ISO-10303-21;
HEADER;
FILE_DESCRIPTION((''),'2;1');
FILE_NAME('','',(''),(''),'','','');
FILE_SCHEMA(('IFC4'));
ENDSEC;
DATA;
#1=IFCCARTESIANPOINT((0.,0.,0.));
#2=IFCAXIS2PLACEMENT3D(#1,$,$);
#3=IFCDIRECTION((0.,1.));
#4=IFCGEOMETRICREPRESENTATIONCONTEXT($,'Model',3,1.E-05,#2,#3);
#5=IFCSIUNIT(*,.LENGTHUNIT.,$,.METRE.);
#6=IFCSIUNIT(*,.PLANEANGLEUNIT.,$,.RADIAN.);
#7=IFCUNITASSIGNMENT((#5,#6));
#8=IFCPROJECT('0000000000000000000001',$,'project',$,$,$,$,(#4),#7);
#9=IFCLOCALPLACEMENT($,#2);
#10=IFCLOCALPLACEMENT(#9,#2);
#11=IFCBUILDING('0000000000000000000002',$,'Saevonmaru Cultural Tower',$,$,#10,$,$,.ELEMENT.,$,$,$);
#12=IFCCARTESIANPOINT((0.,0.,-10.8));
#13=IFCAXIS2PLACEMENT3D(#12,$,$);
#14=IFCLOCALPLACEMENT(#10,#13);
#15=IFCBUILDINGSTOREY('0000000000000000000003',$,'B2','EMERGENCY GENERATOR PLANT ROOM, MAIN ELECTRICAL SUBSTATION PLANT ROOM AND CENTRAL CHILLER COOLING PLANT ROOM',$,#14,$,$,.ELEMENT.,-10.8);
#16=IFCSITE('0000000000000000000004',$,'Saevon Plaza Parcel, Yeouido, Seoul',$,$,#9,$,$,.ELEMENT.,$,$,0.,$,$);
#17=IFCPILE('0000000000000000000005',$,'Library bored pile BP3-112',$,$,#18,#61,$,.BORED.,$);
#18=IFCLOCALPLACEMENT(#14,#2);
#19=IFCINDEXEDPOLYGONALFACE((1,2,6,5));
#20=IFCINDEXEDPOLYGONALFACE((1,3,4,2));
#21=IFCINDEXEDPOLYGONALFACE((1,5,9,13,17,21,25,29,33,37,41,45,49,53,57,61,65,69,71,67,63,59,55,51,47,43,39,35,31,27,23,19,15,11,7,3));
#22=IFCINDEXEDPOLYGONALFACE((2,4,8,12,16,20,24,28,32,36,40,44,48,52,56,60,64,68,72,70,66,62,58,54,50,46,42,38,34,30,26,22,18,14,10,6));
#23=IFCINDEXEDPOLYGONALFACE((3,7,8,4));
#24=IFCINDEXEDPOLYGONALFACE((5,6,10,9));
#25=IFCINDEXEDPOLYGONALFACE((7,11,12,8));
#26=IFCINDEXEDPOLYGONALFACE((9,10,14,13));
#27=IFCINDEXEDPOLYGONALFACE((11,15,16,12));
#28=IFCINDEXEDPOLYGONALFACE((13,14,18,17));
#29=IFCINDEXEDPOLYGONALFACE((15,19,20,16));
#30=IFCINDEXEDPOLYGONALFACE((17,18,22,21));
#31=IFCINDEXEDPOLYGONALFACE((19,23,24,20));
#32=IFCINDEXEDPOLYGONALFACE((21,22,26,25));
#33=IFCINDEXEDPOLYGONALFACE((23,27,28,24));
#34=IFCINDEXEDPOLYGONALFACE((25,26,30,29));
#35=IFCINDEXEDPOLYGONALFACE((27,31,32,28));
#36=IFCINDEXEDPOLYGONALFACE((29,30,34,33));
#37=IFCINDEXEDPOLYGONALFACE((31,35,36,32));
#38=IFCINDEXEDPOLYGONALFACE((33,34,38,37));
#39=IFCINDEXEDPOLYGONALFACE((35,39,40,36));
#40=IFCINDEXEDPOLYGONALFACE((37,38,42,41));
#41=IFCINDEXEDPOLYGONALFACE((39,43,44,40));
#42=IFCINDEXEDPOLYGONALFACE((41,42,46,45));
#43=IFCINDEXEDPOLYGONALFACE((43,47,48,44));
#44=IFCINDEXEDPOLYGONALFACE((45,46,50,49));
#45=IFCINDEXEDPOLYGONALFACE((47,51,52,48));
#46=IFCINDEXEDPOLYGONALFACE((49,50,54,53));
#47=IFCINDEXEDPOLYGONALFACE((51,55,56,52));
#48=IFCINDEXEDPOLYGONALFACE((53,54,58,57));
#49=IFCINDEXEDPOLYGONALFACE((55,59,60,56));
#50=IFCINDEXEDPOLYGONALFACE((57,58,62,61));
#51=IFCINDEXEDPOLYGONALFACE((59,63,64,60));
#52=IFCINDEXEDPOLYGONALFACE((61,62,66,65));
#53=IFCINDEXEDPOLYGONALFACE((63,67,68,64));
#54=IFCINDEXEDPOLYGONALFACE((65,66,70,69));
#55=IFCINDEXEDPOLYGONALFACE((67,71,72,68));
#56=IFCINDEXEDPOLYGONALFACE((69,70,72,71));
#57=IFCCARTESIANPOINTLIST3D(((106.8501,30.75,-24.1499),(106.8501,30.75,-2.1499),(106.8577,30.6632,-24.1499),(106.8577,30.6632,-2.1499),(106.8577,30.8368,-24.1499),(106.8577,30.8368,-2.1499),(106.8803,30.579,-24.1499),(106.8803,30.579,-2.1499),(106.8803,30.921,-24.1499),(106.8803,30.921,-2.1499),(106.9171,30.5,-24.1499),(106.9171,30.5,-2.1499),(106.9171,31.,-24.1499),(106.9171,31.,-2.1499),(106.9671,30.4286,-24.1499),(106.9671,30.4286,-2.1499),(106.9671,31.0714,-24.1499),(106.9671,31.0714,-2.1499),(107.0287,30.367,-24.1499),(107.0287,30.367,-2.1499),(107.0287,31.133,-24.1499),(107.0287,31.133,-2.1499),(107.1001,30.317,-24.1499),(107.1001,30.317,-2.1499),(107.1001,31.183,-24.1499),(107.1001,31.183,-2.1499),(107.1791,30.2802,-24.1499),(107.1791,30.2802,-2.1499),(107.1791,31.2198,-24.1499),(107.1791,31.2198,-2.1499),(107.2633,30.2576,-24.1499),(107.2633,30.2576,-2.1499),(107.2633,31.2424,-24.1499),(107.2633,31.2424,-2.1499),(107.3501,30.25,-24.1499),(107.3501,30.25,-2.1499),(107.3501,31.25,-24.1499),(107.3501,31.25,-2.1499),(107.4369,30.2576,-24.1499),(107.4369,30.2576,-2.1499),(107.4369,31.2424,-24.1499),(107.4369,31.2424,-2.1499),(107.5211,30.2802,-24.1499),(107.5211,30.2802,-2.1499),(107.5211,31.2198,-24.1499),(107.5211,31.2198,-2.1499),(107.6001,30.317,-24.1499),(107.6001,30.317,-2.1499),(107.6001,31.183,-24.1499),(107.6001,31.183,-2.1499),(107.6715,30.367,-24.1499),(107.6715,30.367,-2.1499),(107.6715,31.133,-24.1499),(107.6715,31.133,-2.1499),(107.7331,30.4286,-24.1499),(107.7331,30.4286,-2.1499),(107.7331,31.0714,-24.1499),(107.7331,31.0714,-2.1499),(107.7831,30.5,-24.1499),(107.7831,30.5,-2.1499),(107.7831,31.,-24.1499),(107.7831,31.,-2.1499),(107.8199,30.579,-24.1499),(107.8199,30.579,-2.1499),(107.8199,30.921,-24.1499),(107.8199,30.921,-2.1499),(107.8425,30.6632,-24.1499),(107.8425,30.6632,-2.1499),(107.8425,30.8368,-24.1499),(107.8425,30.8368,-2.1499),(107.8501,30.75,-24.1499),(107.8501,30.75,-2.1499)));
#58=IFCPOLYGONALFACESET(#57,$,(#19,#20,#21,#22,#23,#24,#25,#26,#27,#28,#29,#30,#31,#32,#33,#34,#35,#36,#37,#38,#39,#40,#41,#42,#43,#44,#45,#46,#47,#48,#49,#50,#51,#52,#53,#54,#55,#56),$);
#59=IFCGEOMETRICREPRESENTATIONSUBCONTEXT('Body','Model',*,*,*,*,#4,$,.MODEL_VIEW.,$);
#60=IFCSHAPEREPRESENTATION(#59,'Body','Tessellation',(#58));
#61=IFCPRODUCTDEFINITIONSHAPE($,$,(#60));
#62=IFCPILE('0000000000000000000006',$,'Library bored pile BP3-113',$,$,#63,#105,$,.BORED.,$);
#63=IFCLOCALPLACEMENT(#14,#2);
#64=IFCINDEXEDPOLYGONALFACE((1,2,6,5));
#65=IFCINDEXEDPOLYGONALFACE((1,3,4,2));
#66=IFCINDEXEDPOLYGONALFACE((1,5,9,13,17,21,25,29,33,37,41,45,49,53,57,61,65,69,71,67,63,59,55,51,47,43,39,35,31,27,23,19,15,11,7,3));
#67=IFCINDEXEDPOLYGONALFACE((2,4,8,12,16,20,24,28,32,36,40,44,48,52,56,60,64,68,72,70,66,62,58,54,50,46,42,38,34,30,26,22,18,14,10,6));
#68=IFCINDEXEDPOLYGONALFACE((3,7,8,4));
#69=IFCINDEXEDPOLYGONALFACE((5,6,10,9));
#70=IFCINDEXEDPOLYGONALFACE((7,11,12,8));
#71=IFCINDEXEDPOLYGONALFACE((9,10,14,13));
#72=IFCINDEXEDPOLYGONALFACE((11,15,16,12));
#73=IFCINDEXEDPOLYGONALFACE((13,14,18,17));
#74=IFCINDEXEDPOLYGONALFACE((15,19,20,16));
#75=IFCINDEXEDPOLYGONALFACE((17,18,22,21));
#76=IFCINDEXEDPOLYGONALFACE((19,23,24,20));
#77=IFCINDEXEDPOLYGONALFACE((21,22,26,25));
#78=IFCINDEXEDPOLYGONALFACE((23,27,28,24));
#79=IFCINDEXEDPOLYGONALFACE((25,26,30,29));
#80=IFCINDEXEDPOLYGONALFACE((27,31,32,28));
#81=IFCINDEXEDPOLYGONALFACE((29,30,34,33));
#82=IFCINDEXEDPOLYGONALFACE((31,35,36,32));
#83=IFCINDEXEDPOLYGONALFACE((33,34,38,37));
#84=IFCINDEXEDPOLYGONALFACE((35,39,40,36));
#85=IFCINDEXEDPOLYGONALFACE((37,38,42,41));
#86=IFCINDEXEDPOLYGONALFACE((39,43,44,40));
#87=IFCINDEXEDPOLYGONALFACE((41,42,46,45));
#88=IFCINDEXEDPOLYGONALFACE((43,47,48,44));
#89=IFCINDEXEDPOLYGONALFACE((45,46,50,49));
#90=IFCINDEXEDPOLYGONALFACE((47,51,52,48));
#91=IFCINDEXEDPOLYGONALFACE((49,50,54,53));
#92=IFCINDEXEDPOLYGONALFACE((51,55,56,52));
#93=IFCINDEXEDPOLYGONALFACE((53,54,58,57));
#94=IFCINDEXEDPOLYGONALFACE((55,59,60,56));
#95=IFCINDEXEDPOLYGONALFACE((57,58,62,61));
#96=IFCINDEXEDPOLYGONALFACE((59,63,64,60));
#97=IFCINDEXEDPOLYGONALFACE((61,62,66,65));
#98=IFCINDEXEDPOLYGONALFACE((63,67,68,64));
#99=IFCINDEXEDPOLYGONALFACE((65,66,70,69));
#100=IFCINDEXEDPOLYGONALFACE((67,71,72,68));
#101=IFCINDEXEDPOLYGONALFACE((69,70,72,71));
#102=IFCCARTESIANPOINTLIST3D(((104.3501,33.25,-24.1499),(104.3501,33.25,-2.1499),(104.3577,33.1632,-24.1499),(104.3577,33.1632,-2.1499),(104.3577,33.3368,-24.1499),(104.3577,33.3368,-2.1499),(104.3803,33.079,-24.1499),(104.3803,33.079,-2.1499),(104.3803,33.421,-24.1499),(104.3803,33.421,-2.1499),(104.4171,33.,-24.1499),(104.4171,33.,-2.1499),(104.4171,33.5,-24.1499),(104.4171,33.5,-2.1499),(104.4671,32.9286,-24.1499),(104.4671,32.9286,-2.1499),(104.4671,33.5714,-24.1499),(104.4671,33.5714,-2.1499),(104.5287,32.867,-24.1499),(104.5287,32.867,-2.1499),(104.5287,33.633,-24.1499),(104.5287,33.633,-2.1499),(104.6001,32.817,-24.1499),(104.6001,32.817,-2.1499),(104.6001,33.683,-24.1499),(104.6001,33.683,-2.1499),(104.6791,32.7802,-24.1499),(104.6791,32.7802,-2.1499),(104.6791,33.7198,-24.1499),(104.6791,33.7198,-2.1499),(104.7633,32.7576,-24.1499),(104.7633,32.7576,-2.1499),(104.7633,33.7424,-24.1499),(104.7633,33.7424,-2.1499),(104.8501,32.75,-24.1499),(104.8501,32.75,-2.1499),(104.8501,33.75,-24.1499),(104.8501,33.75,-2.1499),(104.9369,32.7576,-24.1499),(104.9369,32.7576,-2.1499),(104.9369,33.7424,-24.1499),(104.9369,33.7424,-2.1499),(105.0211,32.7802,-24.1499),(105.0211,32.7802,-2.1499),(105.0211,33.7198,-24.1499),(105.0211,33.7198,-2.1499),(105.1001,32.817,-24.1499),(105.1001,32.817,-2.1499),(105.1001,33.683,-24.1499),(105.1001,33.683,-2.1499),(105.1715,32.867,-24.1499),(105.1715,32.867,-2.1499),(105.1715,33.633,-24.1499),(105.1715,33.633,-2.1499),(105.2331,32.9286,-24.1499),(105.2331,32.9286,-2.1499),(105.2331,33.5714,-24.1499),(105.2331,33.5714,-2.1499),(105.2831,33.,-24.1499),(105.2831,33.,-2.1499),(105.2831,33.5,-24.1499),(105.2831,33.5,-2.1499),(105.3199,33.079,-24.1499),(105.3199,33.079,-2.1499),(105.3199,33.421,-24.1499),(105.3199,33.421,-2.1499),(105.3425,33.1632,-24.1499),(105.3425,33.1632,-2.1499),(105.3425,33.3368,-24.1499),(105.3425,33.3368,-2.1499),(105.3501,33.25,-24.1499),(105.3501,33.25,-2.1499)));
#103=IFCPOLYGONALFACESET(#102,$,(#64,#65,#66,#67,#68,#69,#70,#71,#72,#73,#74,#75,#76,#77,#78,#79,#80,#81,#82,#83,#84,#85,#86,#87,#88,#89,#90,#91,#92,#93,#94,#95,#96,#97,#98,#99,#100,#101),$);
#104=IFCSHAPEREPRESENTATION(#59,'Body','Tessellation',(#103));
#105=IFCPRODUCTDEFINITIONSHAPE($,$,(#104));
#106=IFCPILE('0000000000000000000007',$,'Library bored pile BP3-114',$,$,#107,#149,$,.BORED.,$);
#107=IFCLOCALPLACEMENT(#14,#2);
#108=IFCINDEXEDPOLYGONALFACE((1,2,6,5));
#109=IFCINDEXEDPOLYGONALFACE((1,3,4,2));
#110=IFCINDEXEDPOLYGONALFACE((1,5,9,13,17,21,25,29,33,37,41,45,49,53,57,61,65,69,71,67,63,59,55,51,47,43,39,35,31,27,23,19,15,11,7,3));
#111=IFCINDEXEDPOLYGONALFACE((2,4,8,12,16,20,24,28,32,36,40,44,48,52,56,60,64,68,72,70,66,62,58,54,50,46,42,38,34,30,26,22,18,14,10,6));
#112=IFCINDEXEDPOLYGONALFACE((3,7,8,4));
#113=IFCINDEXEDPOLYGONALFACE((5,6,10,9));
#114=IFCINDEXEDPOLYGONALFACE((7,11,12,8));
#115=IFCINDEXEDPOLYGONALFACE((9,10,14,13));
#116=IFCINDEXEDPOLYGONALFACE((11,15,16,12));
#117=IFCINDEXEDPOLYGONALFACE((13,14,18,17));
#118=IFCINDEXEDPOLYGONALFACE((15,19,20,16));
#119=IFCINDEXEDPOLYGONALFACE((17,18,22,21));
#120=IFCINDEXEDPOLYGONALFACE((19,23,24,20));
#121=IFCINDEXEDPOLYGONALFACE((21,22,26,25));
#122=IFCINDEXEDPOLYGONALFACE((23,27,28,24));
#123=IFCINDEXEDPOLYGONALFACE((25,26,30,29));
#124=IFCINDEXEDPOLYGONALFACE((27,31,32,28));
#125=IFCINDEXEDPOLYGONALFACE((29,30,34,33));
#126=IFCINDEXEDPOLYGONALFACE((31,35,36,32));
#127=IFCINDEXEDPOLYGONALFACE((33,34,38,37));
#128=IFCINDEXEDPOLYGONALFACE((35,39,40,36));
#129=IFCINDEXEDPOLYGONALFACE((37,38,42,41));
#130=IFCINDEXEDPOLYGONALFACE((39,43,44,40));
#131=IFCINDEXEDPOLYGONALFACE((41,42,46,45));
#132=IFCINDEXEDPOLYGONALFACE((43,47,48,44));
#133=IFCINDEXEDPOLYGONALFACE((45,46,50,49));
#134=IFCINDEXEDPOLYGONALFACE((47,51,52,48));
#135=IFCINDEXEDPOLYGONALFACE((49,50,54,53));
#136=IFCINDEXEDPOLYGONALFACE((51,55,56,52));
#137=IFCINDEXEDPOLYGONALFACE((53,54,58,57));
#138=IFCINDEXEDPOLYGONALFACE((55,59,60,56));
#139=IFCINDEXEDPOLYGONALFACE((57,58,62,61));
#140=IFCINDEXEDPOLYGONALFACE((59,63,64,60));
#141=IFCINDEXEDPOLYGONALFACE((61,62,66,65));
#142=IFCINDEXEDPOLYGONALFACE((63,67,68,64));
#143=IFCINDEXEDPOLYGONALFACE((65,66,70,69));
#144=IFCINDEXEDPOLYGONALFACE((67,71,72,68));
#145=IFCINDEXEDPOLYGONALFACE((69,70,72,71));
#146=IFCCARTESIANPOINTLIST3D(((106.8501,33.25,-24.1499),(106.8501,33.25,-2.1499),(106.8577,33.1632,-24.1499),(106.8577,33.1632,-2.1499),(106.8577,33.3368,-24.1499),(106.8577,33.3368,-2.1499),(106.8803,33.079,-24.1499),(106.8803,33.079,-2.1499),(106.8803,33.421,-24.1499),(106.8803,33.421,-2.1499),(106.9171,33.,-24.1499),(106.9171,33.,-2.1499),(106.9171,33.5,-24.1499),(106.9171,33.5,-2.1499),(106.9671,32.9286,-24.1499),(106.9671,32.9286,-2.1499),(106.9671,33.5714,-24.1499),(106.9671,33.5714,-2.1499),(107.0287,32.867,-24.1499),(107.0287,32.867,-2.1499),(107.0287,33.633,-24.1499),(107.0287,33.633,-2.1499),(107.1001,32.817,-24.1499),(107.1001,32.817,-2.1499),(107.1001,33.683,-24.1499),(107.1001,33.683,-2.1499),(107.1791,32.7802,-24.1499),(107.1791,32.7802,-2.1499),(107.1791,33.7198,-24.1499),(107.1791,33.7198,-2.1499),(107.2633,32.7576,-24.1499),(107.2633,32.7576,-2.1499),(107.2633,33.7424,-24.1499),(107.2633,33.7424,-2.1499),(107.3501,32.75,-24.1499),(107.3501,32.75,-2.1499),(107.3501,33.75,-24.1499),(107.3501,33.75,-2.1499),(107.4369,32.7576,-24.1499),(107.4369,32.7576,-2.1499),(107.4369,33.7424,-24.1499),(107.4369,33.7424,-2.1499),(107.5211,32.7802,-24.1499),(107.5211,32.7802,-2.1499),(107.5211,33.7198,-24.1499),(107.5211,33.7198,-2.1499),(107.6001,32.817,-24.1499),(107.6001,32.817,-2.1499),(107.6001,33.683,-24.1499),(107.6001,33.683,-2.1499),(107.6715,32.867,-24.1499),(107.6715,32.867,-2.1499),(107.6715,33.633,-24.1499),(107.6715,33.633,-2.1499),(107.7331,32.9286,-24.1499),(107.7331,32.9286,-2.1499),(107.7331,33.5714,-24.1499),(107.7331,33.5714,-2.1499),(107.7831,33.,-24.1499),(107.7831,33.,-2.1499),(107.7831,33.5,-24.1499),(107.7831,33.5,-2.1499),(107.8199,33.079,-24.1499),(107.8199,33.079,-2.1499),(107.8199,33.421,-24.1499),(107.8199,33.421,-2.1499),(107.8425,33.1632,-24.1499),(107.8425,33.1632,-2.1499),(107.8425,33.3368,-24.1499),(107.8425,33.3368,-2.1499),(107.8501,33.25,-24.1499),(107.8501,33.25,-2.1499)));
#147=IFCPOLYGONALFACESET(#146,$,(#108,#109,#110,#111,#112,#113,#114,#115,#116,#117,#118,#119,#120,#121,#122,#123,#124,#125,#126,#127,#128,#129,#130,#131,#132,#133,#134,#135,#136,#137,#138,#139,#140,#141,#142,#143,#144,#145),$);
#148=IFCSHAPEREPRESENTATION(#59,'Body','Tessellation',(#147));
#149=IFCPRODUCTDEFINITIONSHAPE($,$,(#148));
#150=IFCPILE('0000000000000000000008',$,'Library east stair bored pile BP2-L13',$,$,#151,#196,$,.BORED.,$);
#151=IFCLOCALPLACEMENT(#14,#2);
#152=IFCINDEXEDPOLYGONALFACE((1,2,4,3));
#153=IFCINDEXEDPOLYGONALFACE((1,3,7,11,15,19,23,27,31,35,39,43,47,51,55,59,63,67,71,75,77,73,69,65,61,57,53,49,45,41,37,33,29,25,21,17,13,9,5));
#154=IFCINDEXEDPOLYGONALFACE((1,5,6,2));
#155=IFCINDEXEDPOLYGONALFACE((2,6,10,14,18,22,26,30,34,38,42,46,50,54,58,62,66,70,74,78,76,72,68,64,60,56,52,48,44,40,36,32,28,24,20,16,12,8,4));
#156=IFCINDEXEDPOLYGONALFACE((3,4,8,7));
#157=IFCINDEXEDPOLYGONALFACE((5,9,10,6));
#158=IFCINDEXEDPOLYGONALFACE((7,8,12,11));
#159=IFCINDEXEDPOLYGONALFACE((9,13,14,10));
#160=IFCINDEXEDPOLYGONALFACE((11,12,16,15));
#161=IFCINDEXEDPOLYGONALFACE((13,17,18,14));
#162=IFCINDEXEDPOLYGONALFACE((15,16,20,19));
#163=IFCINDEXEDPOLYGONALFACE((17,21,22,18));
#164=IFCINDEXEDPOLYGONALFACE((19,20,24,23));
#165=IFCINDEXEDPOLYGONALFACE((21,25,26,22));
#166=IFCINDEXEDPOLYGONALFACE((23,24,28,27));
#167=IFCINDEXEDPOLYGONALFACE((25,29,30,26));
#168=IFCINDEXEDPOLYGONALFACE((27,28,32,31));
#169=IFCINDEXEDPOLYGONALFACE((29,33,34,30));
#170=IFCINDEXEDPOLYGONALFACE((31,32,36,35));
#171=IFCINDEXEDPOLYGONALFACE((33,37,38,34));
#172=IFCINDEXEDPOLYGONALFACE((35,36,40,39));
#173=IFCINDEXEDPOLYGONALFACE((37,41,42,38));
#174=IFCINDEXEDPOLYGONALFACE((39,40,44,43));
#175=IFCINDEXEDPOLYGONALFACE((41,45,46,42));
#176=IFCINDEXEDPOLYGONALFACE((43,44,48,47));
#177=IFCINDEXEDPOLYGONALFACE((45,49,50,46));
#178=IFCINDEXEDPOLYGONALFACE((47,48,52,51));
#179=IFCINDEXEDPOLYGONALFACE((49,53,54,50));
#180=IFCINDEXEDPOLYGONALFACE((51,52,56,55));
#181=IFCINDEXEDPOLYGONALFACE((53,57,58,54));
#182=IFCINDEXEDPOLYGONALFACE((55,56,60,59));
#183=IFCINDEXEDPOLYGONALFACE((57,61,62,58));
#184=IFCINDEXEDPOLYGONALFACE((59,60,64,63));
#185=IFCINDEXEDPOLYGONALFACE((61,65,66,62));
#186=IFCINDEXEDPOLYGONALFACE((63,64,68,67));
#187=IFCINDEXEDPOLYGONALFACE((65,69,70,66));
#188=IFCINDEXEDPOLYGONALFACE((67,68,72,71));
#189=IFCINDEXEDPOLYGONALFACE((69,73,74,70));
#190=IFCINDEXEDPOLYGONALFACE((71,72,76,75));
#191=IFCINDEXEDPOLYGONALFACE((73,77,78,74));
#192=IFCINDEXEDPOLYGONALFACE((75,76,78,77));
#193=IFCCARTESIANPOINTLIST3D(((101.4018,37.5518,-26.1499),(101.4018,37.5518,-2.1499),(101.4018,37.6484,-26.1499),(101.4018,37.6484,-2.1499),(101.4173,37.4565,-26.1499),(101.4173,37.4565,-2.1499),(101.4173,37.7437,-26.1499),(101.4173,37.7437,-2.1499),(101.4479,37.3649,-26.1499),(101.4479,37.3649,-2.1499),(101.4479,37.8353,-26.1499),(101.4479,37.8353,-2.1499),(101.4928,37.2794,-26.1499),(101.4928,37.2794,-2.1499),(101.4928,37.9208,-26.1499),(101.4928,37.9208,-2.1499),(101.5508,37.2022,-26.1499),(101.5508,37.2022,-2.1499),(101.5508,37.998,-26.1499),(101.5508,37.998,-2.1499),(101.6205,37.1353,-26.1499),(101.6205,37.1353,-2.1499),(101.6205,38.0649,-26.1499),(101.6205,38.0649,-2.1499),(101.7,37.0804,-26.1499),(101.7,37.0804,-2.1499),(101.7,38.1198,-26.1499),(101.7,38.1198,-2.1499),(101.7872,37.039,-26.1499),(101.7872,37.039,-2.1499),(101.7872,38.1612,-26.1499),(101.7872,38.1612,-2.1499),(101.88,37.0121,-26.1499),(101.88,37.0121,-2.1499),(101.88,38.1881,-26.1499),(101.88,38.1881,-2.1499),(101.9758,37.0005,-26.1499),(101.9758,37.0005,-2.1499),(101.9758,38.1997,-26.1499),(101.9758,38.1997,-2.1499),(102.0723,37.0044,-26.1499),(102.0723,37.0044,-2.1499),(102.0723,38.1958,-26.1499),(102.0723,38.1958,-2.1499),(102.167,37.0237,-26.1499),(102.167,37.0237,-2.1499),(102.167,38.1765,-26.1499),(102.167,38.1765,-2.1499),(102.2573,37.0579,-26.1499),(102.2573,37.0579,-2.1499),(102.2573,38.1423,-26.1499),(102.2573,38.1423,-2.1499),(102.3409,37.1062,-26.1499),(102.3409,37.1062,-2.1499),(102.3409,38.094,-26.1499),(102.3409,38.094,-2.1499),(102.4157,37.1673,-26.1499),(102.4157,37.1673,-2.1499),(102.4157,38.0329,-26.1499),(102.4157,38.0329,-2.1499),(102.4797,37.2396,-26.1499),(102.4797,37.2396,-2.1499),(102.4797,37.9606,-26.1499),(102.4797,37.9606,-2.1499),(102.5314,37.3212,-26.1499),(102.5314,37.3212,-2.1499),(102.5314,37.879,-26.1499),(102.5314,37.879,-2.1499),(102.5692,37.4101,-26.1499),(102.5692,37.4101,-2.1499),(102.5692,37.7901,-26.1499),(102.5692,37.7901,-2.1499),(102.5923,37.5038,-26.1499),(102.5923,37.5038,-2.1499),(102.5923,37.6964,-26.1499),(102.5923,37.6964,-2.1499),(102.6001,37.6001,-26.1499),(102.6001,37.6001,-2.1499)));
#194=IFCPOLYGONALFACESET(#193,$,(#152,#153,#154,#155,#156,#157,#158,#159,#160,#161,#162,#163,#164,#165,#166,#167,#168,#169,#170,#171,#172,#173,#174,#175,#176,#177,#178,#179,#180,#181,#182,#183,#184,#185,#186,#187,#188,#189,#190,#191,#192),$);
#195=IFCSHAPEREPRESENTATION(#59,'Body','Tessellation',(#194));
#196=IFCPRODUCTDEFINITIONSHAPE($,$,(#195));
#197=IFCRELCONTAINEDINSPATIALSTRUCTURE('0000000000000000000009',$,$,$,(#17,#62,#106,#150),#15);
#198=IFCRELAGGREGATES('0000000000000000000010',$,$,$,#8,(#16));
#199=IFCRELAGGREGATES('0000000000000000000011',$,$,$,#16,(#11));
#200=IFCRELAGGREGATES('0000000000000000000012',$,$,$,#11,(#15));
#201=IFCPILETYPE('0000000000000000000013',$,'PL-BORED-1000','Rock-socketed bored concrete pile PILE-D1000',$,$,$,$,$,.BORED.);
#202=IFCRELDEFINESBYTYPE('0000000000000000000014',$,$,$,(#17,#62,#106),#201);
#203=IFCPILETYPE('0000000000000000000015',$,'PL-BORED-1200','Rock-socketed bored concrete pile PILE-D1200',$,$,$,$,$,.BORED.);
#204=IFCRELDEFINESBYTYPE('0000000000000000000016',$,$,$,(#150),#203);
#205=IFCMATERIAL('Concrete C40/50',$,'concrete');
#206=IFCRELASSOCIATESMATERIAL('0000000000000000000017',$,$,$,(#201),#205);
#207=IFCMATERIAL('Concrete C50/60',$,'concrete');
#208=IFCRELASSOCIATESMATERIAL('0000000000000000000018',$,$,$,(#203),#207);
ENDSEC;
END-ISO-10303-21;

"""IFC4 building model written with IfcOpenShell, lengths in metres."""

from ifc_helpers import new_model, si_unit, direction, frame, origin, origin_2d, place, context, subcontext, project, spatial, circle, extrude, material, material_profile, profile_set, type_object, element, save


model = new_model("IFC4")

# Units and contexts
model_context = context("Model", 3, precision=1e-05, world=origin(), true_north=direction((0.0, 1.0)))
body_context = subcontext(model_context, "Body", "Model", "MODEL_VIEW")
ifc_project = project(units=[si_unit("LENGTHUNIT", "METRE"), si_unit("PLANEANGLEUNIT", "RADIAN")], contexts=[model_context])

# Site, building, storey
site_placement = place(None, origin())
site = spatial("IfcSite", under=ifc_project, at=site_placement, Name="Saevon Plaza Parcel, Yeouido, Seoul", CompositionType="ELEMENT", RefElevation=0.0)
building_placement = place(site_placement, origin())
building = spatial("IfcBuilding", under=site, at=building_placement, Name="Saevonmaru Cultural Tower", CompositionType="ELEMENT")
storey_placement = place(building_placement, frame((0.0, 0.0, -10.8)))
storey = spatial("IfcBuildingStorey", under=building, at=storey_placement, Name="B2", Description="EMERGENCY GENERATOR PLANT ROOM, MAIN ELECTRICAL SUBSTATION PLANT ROOM AND CENTRAL CHILLER COOLING PLANT ROOM", CompositionType="ELEMENT", Elevation=-10.8)

# Shared definitions
ifc_material_1 = material(Name="Concrete C50/60", Category="concrete")

# Piles
ifc_material_2 = material(Name="Concrete C40/50", Category="concrete")
ifc_material_profile_1 = material_profile(ifc_material_2, circle(Radius=0.5, at=origin_2d()), Name="PILE-D1000")
ifc_profile_set_1 = profile_set([ifc_material_profile_1], Name="Concrete C40/50")
pile_type_1 = type_object("IfcPileType", Name="PL-BORED-1000", Description="Rock-socketed bored concrete pile PILE-D1000", PredefinedType="BORED", material=ifc_profile_set_1)
for number, where, z_axis, x_axis, name in (
    (1, (107.3501, 30.75, -2.1499), (0.0, 0.0, -1.0), (1.0, 0.0, 0.0), "Library bored pile BP3-112"),
    (2, (104.8501, 33.25, -2.1499), (0.0, 0.0, -1.0), (1.0, 0.0, 0.0), "Library bored pile BP3-113"),
    (3, (107.3501, 33.25, -2.1499), (0.0, 0.0, -1.0), (1.0, 0.0, 0.0), "Library bored pile BP3-114"),
):
    element("IfcPile", number, at=place(storey_placement, frame(where, z_axis=z_axis, x_axis=x_axis)), inside=storey, type_object=pile_type_1, Name=name, PredefinedType="BORED", context=body_context, shape_type="SweptSolid", body=[
        extrude(circle(Radius=0.5, at=origin_2d()), origin(), (0.0, 0.0, 1.0), 22.0),
    ])
ifc_material_profile_2 = material_profile(ifc_material_1, circle(Radius=0.6001, at=origin_2d()), Name="PILE-D1200")
ifc_profile_set_2 = profile_set([ifc_material_profile_2], Name="Concrete C50/60")
pile_type_2 = type_object("IfcPileType", Name="PL-BORED-1200", Description="Rock-socketed bored concrete pile PILE-D1200", PredefinedType="BORED", material=ifc_profile_set_2)
for number, where, z_axis, x_axis, name in (
    (4, (102.0, 37.6001, -2.1499), (0.0, 0.0, -1.0), (1.0, 0.0, 0.0), "Library east stair bored pile BP2-L13"),
):
    element("IfcPile", number, at=place(storey_placement, frame(where, z_axis=z_axis, x_axis=x_axis)), inside=storey, type_object=pile_type_2, Name=name, PredefinedType="BORED", context=body_context, shape_type="SweptSolid", body=[
        extrude(circle(Radius=0.6001, at=origin_2d()), origin(), (0.0, 0.0, 1.0), 24.0),
    ])

save(model, "model.ifc")
